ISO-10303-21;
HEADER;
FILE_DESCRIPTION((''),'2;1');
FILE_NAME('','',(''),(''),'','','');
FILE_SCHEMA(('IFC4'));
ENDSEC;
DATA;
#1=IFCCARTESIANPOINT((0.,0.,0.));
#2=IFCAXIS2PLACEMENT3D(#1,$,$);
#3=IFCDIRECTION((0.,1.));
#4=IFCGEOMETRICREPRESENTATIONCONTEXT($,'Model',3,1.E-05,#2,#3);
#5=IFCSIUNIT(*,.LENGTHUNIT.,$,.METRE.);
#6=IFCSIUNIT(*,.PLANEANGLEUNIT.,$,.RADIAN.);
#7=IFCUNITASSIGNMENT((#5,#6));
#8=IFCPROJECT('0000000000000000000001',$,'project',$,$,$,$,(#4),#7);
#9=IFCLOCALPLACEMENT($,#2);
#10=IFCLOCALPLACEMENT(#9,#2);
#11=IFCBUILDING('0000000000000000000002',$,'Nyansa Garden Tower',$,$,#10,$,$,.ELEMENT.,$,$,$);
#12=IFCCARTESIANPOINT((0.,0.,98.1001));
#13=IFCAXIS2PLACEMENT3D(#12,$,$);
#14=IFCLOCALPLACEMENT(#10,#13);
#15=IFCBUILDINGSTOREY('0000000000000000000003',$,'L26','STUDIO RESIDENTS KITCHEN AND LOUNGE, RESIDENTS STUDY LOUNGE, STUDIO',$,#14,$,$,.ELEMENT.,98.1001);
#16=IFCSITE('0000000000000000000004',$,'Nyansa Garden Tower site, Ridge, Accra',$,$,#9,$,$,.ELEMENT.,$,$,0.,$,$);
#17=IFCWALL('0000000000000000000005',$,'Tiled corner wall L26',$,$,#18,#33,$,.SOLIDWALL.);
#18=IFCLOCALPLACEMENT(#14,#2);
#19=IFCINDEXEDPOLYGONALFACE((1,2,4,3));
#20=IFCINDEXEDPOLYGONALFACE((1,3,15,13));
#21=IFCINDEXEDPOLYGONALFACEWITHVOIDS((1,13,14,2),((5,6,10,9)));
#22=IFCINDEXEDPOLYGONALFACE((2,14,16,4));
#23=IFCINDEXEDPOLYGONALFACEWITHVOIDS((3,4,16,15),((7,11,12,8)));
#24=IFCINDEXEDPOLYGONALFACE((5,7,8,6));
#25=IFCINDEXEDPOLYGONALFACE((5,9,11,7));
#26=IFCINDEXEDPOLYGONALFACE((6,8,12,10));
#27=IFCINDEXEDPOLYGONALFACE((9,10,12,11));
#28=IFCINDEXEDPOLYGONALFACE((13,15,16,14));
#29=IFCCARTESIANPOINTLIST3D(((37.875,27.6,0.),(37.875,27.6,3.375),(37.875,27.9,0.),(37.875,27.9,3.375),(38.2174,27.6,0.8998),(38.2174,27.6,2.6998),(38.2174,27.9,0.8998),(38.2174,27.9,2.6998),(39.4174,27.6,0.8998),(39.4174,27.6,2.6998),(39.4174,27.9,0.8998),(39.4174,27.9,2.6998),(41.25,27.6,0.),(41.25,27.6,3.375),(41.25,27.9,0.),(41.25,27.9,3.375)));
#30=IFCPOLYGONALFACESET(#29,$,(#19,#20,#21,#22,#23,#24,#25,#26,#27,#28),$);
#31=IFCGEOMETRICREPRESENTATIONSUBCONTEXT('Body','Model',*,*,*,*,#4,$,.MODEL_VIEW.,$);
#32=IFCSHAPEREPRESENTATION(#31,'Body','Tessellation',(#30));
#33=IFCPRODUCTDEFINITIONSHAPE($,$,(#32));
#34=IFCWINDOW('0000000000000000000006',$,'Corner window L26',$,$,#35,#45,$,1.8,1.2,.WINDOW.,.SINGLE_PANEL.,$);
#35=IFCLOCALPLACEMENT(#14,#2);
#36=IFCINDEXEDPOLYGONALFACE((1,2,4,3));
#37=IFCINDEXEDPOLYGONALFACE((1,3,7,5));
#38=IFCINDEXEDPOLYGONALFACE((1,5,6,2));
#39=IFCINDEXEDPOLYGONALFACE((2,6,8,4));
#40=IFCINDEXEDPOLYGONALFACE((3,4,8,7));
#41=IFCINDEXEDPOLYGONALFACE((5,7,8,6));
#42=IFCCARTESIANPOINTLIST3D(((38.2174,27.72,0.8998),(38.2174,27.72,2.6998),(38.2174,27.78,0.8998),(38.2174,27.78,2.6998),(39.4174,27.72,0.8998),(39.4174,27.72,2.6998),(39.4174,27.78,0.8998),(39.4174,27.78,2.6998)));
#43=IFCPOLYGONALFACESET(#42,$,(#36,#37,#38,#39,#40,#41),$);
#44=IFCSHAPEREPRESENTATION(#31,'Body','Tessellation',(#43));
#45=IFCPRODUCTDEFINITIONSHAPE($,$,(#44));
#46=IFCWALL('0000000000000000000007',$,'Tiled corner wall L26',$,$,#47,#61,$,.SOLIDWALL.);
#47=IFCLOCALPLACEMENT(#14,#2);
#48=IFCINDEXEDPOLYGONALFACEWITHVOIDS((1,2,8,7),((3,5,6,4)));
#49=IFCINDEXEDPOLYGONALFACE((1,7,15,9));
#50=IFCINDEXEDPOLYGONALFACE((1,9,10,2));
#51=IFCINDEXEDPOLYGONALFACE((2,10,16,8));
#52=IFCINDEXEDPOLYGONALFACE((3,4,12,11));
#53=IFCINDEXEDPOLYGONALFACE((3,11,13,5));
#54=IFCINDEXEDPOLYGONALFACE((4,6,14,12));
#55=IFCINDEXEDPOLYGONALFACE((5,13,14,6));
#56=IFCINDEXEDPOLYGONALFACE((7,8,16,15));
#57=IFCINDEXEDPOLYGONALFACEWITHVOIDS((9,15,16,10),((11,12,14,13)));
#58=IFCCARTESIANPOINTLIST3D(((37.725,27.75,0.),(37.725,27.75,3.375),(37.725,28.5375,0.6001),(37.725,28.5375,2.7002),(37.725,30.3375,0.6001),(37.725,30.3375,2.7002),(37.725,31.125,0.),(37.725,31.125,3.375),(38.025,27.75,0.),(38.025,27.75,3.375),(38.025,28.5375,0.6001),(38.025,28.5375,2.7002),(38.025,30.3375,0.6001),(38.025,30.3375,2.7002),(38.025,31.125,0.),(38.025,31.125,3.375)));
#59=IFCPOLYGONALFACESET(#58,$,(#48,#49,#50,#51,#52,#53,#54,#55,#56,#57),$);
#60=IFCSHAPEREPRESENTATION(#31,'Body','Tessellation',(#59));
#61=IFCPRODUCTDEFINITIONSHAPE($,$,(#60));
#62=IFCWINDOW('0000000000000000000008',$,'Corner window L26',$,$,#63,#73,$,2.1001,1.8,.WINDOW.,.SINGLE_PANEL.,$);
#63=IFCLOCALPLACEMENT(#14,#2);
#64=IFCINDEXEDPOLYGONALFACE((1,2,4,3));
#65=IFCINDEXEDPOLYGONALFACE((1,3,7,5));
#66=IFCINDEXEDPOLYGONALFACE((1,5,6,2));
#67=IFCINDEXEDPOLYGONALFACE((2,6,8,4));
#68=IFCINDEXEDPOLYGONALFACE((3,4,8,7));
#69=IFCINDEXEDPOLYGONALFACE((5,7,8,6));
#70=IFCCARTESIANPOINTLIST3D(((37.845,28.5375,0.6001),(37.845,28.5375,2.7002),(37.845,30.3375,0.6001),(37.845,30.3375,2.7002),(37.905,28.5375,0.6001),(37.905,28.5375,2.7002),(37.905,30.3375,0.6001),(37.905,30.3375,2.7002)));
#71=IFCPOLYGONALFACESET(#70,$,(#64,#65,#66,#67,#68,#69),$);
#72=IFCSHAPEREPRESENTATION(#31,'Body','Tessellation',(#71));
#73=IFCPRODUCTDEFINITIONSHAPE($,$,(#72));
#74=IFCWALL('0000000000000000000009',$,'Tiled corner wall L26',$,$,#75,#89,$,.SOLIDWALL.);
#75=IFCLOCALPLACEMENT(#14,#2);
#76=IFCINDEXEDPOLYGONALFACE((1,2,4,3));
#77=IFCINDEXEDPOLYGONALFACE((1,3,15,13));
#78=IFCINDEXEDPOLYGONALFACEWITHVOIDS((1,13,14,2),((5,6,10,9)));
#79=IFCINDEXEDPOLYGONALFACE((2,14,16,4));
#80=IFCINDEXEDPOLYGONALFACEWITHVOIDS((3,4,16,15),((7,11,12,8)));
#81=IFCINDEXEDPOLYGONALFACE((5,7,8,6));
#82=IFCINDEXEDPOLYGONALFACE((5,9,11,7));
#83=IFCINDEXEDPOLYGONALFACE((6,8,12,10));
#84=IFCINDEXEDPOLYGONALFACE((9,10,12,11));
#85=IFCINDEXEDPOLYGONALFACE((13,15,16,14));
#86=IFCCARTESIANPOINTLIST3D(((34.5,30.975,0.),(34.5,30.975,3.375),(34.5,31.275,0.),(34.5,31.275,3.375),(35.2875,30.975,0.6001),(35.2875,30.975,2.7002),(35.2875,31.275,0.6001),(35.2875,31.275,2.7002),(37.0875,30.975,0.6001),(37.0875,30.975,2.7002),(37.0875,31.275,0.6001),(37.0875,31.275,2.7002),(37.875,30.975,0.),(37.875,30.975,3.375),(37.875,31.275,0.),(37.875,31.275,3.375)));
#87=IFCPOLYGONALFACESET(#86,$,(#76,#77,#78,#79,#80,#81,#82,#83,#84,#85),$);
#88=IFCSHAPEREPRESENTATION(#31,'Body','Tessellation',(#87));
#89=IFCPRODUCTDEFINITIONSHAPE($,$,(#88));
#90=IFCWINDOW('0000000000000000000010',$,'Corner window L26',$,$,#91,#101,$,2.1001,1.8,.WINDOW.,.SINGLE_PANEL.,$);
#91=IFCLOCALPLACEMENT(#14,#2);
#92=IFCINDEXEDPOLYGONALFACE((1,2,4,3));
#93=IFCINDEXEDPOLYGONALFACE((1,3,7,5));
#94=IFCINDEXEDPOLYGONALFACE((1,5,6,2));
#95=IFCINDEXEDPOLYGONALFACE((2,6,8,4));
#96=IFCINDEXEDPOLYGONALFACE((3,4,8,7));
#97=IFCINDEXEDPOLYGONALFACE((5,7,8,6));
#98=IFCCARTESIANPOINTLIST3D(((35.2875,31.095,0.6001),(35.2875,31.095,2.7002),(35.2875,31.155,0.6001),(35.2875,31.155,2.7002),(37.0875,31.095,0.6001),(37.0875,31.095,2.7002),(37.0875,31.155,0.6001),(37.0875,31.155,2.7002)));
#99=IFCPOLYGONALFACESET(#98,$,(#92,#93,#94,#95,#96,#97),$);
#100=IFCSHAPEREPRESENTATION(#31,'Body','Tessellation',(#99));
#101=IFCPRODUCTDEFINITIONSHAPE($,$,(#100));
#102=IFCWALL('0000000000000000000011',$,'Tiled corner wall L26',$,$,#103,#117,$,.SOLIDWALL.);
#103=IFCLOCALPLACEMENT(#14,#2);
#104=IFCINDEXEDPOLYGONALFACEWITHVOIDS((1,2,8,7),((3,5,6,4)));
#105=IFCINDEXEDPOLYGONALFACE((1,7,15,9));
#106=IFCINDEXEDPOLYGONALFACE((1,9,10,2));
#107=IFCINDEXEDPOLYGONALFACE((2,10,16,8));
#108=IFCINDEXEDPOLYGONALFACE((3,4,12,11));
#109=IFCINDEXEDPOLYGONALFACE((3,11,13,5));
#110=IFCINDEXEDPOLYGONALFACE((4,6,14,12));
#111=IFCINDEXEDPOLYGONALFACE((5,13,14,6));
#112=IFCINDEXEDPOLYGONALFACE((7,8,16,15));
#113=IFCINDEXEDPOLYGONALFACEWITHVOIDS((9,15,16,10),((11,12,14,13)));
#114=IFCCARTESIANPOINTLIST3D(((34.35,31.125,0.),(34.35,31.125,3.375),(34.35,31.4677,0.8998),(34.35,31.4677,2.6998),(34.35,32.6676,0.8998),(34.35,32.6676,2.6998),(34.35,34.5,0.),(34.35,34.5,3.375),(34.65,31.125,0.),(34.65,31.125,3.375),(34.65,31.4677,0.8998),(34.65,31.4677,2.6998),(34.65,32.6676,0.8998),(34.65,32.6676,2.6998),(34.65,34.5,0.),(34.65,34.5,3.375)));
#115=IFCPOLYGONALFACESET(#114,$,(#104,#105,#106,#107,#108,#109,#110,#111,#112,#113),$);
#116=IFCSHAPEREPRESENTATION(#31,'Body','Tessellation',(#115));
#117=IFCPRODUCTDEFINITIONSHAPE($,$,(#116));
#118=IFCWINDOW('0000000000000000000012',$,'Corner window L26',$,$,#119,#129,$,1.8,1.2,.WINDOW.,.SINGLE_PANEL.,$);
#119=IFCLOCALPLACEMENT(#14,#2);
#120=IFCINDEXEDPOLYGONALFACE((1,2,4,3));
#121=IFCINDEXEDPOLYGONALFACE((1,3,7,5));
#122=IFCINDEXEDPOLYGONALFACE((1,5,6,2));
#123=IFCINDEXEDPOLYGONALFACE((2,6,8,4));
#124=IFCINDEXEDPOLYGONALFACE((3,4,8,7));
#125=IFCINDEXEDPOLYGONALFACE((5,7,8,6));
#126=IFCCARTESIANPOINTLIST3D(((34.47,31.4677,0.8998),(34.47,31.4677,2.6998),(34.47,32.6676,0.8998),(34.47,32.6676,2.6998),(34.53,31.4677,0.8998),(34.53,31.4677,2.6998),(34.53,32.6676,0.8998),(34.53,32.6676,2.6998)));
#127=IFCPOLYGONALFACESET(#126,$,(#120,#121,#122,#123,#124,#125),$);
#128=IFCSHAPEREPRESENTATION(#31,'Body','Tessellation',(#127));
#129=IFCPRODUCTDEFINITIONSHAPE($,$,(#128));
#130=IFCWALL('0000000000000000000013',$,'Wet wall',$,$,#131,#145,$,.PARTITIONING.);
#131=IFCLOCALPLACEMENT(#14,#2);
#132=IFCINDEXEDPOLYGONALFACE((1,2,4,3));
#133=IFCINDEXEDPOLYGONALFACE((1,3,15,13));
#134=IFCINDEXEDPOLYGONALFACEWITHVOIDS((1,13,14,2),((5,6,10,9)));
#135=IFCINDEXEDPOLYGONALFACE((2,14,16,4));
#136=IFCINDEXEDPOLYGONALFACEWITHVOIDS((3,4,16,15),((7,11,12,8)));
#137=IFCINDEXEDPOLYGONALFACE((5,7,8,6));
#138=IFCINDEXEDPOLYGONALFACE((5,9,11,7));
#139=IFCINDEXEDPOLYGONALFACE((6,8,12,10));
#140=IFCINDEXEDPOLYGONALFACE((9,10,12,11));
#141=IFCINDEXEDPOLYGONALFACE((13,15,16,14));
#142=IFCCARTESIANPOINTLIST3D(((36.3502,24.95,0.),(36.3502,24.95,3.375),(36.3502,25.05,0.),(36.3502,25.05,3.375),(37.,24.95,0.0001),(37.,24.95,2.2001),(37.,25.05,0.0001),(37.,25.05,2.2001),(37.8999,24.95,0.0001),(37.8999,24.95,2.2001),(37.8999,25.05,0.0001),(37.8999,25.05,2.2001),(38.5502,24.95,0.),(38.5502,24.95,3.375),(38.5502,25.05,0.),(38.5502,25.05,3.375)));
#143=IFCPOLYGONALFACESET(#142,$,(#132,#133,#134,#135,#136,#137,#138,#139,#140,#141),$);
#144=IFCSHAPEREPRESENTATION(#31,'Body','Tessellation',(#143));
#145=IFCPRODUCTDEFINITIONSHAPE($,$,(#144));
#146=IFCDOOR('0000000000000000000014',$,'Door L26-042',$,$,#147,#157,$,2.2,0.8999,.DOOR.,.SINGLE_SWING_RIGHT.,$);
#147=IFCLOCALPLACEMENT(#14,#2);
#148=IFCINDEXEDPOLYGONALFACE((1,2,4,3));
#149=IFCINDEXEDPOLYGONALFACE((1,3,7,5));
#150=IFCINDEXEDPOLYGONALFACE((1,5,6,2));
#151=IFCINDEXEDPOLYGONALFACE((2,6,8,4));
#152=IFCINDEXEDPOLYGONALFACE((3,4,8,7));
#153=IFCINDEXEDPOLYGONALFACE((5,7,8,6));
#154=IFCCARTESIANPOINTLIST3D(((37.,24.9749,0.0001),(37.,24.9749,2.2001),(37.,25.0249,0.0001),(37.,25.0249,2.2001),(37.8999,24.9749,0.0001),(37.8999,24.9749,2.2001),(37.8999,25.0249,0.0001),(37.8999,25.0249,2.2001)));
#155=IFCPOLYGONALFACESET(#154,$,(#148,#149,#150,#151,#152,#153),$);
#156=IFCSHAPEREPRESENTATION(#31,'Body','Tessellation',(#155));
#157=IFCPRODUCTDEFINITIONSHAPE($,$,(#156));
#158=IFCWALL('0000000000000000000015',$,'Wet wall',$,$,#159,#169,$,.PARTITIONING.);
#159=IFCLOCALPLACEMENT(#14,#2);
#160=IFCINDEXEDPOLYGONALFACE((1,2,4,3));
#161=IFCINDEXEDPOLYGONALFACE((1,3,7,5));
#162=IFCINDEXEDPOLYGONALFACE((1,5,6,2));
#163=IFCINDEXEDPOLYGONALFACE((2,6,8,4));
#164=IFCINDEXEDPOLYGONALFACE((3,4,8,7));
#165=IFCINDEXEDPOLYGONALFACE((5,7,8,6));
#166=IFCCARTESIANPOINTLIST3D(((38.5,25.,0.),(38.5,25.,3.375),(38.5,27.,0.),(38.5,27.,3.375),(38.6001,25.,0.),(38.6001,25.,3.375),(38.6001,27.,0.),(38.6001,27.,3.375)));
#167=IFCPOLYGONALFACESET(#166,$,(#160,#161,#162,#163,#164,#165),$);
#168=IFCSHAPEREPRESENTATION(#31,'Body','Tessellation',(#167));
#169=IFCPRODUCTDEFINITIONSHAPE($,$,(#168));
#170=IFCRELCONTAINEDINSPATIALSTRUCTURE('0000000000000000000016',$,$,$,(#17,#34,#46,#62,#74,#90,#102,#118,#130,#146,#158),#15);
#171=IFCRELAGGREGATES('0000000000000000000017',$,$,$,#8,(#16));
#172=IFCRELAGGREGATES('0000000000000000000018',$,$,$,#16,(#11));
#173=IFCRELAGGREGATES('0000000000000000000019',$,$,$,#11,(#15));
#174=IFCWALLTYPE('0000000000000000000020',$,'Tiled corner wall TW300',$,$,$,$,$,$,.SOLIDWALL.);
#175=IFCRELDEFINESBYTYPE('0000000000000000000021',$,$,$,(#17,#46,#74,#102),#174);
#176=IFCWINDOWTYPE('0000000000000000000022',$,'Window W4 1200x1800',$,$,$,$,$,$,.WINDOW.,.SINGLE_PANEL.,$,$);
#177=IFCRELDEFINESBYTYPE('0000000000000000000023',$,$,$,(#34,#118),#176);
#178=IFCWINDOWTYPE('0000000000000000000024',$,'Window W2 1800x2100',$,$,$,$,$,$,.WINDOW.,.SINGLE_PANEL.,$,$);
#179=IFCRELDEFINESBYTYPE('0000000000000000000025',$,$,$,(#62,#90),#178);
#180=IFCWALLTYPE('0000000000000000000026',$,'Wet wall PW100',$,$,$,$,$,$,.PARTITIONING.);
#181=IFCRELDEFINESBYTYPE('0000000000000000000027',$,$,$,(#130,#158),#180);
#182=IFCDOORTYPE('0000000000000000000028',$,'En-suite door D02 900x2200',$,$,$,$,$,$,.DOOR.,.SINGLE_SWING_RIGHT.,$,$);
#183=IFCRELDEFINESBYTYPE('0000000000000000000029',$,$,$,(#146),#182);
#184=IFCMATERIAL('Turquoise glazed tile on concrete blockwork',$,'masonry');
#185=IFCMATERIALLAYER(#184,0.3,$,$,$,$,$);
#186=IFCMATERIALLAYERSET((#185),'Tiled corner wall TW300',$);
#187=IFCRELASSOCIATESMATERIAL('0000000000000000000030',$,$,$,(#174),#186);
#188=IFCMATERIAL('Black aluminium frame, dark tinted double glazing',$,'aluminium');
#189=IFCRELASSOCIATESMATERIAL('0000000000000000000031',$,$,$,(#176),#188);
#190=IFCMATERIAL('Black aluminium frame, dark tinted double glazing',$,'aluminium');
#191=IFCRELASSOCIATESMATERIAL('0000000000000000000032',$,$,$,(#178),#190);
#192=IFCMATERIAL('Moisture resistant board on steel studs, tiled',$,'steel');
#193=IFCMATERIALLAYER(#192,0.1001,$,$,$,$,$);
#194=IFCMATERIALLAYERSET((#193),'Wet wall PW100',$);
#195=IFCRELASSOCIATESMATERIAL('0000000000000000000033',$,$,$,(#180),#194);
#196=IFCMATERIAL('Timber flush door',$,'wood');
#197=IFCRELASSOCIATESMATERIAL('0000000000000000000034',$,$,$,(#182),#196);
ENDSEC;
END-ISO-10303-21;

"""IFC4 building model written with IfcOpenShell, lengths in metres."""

from ifc_helpers import new_model, si_unit, direction, frame, frame_2d, origin, place, context, subcontext, project, spatial, rectangle, extrude, material, layer, layer_set, type_object, element, fill, save


model = new_model("IFC4")

# Units and contexts
model_context = context("Model", 3, precision=1e-05, world=origin(), true_north=direction((0.0, 1.0)))
body_context = subcontext(model_context, "Body", "Model", "MODEL_VIEW")
ifc_project = project(units=[si_unit("LENGTHUNIT", "METRE"), si_unit("PLANEANGLEUNIT", "RADIAN")], contexts=[model_context])

# Site, building, storey
site_placement = place(None, origin())
site = spatial("IfcSite", under=ifc_project, at=site_placement, Name="Nyansa Garden Tower site, Ridge, Accra", CompositionType="ELEMENT", RefElevation=0.0)
building_placement = place(site_placement, origin())
building = spatial("IfcBuilding", under=site, at=building_placement, Name="Nyansa Garden Tower", CompositionType="ELEMENT")
storey_placement = place(building_placement, frame((0.0, 0.0, 98.1001)))
storey = spatial("IfcBuildingStorey", under=building, at=storey_placement, Name="L26", Description="STUDIO RESIDENTS KITCHEN AND LOUNGE, RESIDENTS STUDY LOUNGE, STUDIO", CompositionType="ELEMENT", Elevation=98.1001)

# Walls, openings, windows
ifc_material_1 = material(Name="Turquoise glazed tile on concrete blockwork", Category="masonry")
ifc_layer_1 = layer(ifc_material_1, 0.3)
ifc_layer_set_1 = layer_set([ifc_layer_1], Name="Tiled corner wall TW300")
wall_type_1 = type_object("IfcWallType", Name="Tiled corner wall TW300", PredefinedType="SOLIDWALL", material=ifc_layer_set_1)
wall_1_placement = place(storey_placement, frame((41.25, 27.75, 0.0), z_axis=(0.0, 0.0, 1.0), x_axis=(-1.0, 0.0, 0.0)))
wall_1 = element("IfcWall", 1, at=wall_1_placement, inside=storey, type_object=wall_type_1, Name="Tiled corner wall L26", PredefinedType="SOLIDWALL", context=body_context, shape_type="SweptSolid", body=[
    extrude(rectangle(XDim=3.375, YDim=0.3, at=frame_2d((1.6875, 0.0))), origin(), (0.0, 0.0, 1.0), 3.375),
])
opening_1_placement = place(wall_1_placement, frame((1.8325, 0.0, 0.8999)))
opening_1 = element("IfcOpeningElement", 2, at=opening_1_placement, cuts=wall_1, PredefinedType="OPENING", context=body_context, shape_type="SweptSolid", body=[
    extrude(rectangle(XDim=1.2, YDim=1.8, at=frame_2d((0.6001, 0.8999))), frame((0.0, 0.1599, 0.0), z_axis=(0.0, -1.0, 0.0), x_axis=(1.0, 0.0, 0.0)), (0.0, 0.0, 1.0), 0.3201),
])
ifc_material_2 = material(Name="Black aluminium frame, dark tinted double glazing", Category="aluminium")
window_type_1 = type_object("IfcWindowType", Name="Window W4 1200x1800", PartitioningType="SINGLE_PANEL", PredefinedType="WINDOW", material=ifc_material_2)
window_1_placement = place(opening_1_placement, origin())
window_1 = element("IfcWindow", 3, at=window_1_placement, inside=storey, type_object=window_type_1, Name="Corner window L26", OverallHeight=1.8, OverallWidth=1.2, PartitioningType="SINGLE_PANEL", PredefinedType="WINDOW", context=body_context, shape_type="SweptSolid", body=[
    extrude(rectangle(XDim=1.2, YDim=1.8, at=frame_2d((0.6001, 0.8999))), frame((0.0, 0.03, 0.0), z_axis=(0.0, -1.0, 0.0), x_axis=(1.0, 0.0, 0.0)), (0.0, 0.0, 1.0), 0.0601),
])
fill(opening_1, window_1)
wall_2_placement = place(storey_placement, frame((37.875, 27.75, 0.0), z_axis=(0.0, 0.0, 1.0), x_axis=(0.0, 1.0, 0.0)))
wall_2 = element("IfcWall", 4, at=wall_2_placement, inside=storey, type_object=wall_type_1, Name="Tiled corner wall L26", PredefinedType="SOLIDWALL", context=body_context, shape_type="SweptSolid", body=[
    extrude(rectangle(XDim=3.375, YDim=0.3, at=frame_2d((1.6875, 0.0))), origin(), (0.0, 0.0, 1.0), 3.375),
])
opening_2_placement = place(wall_2_placement, frame((0.7876, 0.0, 0.6001)))
opening_2 = element("IfcOpeningElement", 5, at=opening_2_placement, cuts=wall_2, PredefinedType="OPENING", context=body_context, shape_type="SweptSolid", body=[
    extrude(rectangle(XDim=1.8, YDim=2.1001, at=frame_2d((0.8999, 1.05))), frame((0.0, 0.1599, 0.0), z_axis=(0.0, -1.0, 0.0), x_axis=(1.0, 0.0, 0.0)), (0.0, 0.0, 1.0), 0.3201),
])
ifc_material_3 = material(Name="Black aluminium frame, dark tinted double glazing", Category="aluminium")
window_type_2 = type_object("IfcWindowType", Name="Window W2 1800x2100", PartitioningType="SINGLE_PANEL", PredefinedType="WINDOW", material=ifc_material_3)
window_2_placement = place(opening_2_placement, origin())
window_2 = element("IfcWindow", 6, at=window_2_placement, inside=storey, type_object=window_type_2, Name="Corner window L26", OverallHeight=2.1001, OverallWidth=1.8, PartitioningType="SINGLE_PANEL", PredefinedType="WINDOW", context=body_context, shape_type="SweptSolid", body=[
    extrude(rectangle(XDim=1.8, YDim=2.1001, at=frame_2d((0.8999, 1.05))), frame((0.0, 0.03, 0.0), z_axis=(0.0, -1.0, 0.0), x_axis=(1.0, 0.0, 0.0)), (0.0, 0.0, 1.0), 0.0601),
])
fill(opening_2, window_2)
wall_3_placement = place(storey_placement, frame((37.875, 31.125, 0.0), z_axis=(0.0, 0.0, 1.0), x_axis=(-1.0, 0.0, 0.0)))
wall_3 = element("IfcWall", 7, at=wall_3_placement, inside=storey, type_object=wall_type_1, Name="Tiled corner wall L26", PredefinedType="SOLIDWALL", context=body_context, shape_type="SweptSolid", body=[
    extrude(rectangle(XDim=3.375, YDim=0.3, at=frame_2d((1.6875, 0.0))), origin(), (0.0, 0.0, 1.0), 3.375),
])
opening_3_placement = place(wall_3_placement, frame((0.7876, 0.0, 0.6001)))
opening_3 = element("IfcOpeningElement", 8, at=opening_3_placement, cuts=wall_3, PredefinedType="OPENING", context=body_context, shape_type="SweptSolid", body=[
    extrude(rectangle(XDim=1.8, YDim=2.1001, at=frame_2d((0.8999, 1.05))), frame((0.0, 0.1599, 0.0), z_axis=(0.0, -1.0, 0.0), x_axis=(1.0, 0.0, 0.0)), (0.0, 0.0, 1.0), 0.3201),
])
window_3_placement = place(opening_3_placement, origin())
window_3 = element("IfcWindow", 9, at=window_3_placement, inside=storey, type_object=window_type_2, Name="Corner window L26", OverallHeight=2.1001, OverallWidth=1.8, PartitioningType="SINGLE_PANEL", PredefinedType="WINDOW", context=body_context, shape_type="SweptSolid", body=[
    extrude(rectangle(XDim=1.8, YDim=2.1001, at=frame_2d((0.8999, 1.05))), frame((0.0, 0.03, 0.0), z_axis=(0.0, -1.0, 0.0), x_axis=(1.0, 0.0, 0.0)), (0.0, 0.0, 1.0), 0.0601),
])
fill(opening_3, window_3)
wall_4_placement = place(storey_placement, frame((34.5, 31.125, 0.0), z_axis=(0.0, 0.0, 1.0), x_axis=(0.0, 1.0, 0.0)))
wall_4 = element("IfcWall", 10, at=wall_4_placement, inside=storey, type_object=wall_type_1, Name="Tiled corner wall L26", PredefinedType="SOLIDWALL", context=body_context, shape_type="SweptSolid", body=[
    extrude(rectangle(XDim=3.375, YDim=0.3, at=frame_2d((1.6875, 0.0))), origin(), (0.0, 0.0, 1.0), 3.375),
])
opening_4_placement = place(wall_4_placement, frame((0.3425, 0.0, 0.8999)))
opening_4 = element("IfcOpeningElement", 11, at=opening_4_placement, cuts=wall_4, PredefinedType="OPENING", context=body_context, shape_type="SweptSolid", body=[
    extrude(rectangle(XDim=1.2, YDim=1.8, at=frame_2d((0.6001, 0.8999))), frame((0.0, 0.1599, 0.0), z_axis=(0.0, -1.0, 0.0), x_axis=(1.0, 0.0, 0.0)), (0.0, 0.0, 1.0), 0.3201),
])
window_4_placement = place(opening_4_placement, origin())
window_4 = element("IfcWindow", 12, at=window_4_placement, inside=storey, type_object=window_type_1, Name="Corner window L26", OverallHeight=1.8, OverallWidth=1.2, PartitioningType="SINGLE_PANEL", PredefinedType="WINDOW", context=body_context, shape_type="SweptSolid", body=[
    extrude(rectangle(XDim=1.2, YDim=1.8, at=frame_2d((0.6001, 0.8999))), frame((0.0, 0.03, 0.0), z_axis=(0.0, -1.0, 0.0), x_axis=(1.0, 0.0, 0.0)), (0.0, 0.0, 1.0), 0.0601),
])
fill(opening_4, window_4)

# Wall, opening, door
ifc_material_4 = material(Name="Moisture resistant board on steel studs, tiled", Category="steel")
ifc_layer_2 = layer(ifc_material_4, 0.1001)
ifc_layer_set_2 = layer_set([ifc_layer_2], Name="Wet wall PW100")
wall_type_2 = type_object("IfcWallType", Name="Wet wall PW100", PredefinedType="PARTITIONING", material=ifc_layer_set_2)
wall_5_placement = place(storey_placement, frame((36.3501, 25.0, 0.0), z_axis=(0.0, 0.0, 1.0), x_axis=(1.0, 0.0, 0.0)))
wall_5 = element("IfcWall", 13, at=wall_5_placement, inside=storey, type_object=wall_type_2, Name="Wet wall", PredefinedType="PARTITIONING", context=body_context, shape_type="SweptSolid", body=[
    extrude(rectangle(XDim=2.2, YDim=0.1001, at=frame_2d((1.1001, 0.0))), origin(), (0.0, 0.0, 1.0), 3.375),
])
opening_5_placement = place(wall_5_placement, frame((0.6499, 0.0, 0.0)))
opening_5 = element("IfcOpeningElement", 14, at=opening_5_placement, cuts=wall_5, PredefinedType="OPENING", context=body_context, shape_type="SweptSolid", body=[
    extrude(rectangle(XDim=0.8999, YDim=2.2, at=frame_2d((0.45, 1.1001))), frame((0.0, 0.0601, 0.0), z_axis=(0.0, -1.0, 0.0), x_axis=(1.0, 0.0, 0.0)), (0.0, 0.0, 1.0), 0.1201),
])
ifc_material_5 = material(Name="Timber flush door", Category="wood")
door_type = type_object("IfcDoorType", Name="En-suite door D02 900x2200", OperationType="SINGLE_SWING_RIGHT", PredefinedType="DOOR", material=ifc_material_5)
door_placement = place(opening_5_placement, origin())
door = element("IfcDoor", 15, at=door_placement, inside=storey, type_object=door_type, Name="Door L26-042", OperationType="SINGLE_SWING_RIGHT", OverallHeight=2.2, OverallWidth=0.8999, PredefinedType="DOOR", context=body_context, shape_type="SweptSolid", body=[
    extrude(rectangle(XDim=0.8999, YDim=2.2, at=frame_2d((0.45, 1.1001))), frame((0.0, 0.0249, 0.0), z_axis=(0.0, -1.0, 0.0), x_axis=(1.0, 0.0, 0.0)), (0.0, 0.0, 1.0), 0.05),
])
fill(opening_5, door)

# Wall
wall_6_placement = place(storey_placement, frame((38.55, 25.0, 0.0), z_axis=(0.0, 0.0, 1.0), x_axis=(0.0, 1.0, 0.0)))
element("IfcWall", 16, at=wall_6_placement, inside=storey, type_object=wall_type_2, Name="Wet wall", PredefinedType="PARTITIONING", context=body_context, shape_type="SweptSolid", body=[
    extrude(rectangle(XDim=2.0, YDim=0.1001, at=frame_2d((1.0, 0.0))), origin(), (0.0, 0.0, 1.0), 3.375),
])

save(model, "model.ifc")
